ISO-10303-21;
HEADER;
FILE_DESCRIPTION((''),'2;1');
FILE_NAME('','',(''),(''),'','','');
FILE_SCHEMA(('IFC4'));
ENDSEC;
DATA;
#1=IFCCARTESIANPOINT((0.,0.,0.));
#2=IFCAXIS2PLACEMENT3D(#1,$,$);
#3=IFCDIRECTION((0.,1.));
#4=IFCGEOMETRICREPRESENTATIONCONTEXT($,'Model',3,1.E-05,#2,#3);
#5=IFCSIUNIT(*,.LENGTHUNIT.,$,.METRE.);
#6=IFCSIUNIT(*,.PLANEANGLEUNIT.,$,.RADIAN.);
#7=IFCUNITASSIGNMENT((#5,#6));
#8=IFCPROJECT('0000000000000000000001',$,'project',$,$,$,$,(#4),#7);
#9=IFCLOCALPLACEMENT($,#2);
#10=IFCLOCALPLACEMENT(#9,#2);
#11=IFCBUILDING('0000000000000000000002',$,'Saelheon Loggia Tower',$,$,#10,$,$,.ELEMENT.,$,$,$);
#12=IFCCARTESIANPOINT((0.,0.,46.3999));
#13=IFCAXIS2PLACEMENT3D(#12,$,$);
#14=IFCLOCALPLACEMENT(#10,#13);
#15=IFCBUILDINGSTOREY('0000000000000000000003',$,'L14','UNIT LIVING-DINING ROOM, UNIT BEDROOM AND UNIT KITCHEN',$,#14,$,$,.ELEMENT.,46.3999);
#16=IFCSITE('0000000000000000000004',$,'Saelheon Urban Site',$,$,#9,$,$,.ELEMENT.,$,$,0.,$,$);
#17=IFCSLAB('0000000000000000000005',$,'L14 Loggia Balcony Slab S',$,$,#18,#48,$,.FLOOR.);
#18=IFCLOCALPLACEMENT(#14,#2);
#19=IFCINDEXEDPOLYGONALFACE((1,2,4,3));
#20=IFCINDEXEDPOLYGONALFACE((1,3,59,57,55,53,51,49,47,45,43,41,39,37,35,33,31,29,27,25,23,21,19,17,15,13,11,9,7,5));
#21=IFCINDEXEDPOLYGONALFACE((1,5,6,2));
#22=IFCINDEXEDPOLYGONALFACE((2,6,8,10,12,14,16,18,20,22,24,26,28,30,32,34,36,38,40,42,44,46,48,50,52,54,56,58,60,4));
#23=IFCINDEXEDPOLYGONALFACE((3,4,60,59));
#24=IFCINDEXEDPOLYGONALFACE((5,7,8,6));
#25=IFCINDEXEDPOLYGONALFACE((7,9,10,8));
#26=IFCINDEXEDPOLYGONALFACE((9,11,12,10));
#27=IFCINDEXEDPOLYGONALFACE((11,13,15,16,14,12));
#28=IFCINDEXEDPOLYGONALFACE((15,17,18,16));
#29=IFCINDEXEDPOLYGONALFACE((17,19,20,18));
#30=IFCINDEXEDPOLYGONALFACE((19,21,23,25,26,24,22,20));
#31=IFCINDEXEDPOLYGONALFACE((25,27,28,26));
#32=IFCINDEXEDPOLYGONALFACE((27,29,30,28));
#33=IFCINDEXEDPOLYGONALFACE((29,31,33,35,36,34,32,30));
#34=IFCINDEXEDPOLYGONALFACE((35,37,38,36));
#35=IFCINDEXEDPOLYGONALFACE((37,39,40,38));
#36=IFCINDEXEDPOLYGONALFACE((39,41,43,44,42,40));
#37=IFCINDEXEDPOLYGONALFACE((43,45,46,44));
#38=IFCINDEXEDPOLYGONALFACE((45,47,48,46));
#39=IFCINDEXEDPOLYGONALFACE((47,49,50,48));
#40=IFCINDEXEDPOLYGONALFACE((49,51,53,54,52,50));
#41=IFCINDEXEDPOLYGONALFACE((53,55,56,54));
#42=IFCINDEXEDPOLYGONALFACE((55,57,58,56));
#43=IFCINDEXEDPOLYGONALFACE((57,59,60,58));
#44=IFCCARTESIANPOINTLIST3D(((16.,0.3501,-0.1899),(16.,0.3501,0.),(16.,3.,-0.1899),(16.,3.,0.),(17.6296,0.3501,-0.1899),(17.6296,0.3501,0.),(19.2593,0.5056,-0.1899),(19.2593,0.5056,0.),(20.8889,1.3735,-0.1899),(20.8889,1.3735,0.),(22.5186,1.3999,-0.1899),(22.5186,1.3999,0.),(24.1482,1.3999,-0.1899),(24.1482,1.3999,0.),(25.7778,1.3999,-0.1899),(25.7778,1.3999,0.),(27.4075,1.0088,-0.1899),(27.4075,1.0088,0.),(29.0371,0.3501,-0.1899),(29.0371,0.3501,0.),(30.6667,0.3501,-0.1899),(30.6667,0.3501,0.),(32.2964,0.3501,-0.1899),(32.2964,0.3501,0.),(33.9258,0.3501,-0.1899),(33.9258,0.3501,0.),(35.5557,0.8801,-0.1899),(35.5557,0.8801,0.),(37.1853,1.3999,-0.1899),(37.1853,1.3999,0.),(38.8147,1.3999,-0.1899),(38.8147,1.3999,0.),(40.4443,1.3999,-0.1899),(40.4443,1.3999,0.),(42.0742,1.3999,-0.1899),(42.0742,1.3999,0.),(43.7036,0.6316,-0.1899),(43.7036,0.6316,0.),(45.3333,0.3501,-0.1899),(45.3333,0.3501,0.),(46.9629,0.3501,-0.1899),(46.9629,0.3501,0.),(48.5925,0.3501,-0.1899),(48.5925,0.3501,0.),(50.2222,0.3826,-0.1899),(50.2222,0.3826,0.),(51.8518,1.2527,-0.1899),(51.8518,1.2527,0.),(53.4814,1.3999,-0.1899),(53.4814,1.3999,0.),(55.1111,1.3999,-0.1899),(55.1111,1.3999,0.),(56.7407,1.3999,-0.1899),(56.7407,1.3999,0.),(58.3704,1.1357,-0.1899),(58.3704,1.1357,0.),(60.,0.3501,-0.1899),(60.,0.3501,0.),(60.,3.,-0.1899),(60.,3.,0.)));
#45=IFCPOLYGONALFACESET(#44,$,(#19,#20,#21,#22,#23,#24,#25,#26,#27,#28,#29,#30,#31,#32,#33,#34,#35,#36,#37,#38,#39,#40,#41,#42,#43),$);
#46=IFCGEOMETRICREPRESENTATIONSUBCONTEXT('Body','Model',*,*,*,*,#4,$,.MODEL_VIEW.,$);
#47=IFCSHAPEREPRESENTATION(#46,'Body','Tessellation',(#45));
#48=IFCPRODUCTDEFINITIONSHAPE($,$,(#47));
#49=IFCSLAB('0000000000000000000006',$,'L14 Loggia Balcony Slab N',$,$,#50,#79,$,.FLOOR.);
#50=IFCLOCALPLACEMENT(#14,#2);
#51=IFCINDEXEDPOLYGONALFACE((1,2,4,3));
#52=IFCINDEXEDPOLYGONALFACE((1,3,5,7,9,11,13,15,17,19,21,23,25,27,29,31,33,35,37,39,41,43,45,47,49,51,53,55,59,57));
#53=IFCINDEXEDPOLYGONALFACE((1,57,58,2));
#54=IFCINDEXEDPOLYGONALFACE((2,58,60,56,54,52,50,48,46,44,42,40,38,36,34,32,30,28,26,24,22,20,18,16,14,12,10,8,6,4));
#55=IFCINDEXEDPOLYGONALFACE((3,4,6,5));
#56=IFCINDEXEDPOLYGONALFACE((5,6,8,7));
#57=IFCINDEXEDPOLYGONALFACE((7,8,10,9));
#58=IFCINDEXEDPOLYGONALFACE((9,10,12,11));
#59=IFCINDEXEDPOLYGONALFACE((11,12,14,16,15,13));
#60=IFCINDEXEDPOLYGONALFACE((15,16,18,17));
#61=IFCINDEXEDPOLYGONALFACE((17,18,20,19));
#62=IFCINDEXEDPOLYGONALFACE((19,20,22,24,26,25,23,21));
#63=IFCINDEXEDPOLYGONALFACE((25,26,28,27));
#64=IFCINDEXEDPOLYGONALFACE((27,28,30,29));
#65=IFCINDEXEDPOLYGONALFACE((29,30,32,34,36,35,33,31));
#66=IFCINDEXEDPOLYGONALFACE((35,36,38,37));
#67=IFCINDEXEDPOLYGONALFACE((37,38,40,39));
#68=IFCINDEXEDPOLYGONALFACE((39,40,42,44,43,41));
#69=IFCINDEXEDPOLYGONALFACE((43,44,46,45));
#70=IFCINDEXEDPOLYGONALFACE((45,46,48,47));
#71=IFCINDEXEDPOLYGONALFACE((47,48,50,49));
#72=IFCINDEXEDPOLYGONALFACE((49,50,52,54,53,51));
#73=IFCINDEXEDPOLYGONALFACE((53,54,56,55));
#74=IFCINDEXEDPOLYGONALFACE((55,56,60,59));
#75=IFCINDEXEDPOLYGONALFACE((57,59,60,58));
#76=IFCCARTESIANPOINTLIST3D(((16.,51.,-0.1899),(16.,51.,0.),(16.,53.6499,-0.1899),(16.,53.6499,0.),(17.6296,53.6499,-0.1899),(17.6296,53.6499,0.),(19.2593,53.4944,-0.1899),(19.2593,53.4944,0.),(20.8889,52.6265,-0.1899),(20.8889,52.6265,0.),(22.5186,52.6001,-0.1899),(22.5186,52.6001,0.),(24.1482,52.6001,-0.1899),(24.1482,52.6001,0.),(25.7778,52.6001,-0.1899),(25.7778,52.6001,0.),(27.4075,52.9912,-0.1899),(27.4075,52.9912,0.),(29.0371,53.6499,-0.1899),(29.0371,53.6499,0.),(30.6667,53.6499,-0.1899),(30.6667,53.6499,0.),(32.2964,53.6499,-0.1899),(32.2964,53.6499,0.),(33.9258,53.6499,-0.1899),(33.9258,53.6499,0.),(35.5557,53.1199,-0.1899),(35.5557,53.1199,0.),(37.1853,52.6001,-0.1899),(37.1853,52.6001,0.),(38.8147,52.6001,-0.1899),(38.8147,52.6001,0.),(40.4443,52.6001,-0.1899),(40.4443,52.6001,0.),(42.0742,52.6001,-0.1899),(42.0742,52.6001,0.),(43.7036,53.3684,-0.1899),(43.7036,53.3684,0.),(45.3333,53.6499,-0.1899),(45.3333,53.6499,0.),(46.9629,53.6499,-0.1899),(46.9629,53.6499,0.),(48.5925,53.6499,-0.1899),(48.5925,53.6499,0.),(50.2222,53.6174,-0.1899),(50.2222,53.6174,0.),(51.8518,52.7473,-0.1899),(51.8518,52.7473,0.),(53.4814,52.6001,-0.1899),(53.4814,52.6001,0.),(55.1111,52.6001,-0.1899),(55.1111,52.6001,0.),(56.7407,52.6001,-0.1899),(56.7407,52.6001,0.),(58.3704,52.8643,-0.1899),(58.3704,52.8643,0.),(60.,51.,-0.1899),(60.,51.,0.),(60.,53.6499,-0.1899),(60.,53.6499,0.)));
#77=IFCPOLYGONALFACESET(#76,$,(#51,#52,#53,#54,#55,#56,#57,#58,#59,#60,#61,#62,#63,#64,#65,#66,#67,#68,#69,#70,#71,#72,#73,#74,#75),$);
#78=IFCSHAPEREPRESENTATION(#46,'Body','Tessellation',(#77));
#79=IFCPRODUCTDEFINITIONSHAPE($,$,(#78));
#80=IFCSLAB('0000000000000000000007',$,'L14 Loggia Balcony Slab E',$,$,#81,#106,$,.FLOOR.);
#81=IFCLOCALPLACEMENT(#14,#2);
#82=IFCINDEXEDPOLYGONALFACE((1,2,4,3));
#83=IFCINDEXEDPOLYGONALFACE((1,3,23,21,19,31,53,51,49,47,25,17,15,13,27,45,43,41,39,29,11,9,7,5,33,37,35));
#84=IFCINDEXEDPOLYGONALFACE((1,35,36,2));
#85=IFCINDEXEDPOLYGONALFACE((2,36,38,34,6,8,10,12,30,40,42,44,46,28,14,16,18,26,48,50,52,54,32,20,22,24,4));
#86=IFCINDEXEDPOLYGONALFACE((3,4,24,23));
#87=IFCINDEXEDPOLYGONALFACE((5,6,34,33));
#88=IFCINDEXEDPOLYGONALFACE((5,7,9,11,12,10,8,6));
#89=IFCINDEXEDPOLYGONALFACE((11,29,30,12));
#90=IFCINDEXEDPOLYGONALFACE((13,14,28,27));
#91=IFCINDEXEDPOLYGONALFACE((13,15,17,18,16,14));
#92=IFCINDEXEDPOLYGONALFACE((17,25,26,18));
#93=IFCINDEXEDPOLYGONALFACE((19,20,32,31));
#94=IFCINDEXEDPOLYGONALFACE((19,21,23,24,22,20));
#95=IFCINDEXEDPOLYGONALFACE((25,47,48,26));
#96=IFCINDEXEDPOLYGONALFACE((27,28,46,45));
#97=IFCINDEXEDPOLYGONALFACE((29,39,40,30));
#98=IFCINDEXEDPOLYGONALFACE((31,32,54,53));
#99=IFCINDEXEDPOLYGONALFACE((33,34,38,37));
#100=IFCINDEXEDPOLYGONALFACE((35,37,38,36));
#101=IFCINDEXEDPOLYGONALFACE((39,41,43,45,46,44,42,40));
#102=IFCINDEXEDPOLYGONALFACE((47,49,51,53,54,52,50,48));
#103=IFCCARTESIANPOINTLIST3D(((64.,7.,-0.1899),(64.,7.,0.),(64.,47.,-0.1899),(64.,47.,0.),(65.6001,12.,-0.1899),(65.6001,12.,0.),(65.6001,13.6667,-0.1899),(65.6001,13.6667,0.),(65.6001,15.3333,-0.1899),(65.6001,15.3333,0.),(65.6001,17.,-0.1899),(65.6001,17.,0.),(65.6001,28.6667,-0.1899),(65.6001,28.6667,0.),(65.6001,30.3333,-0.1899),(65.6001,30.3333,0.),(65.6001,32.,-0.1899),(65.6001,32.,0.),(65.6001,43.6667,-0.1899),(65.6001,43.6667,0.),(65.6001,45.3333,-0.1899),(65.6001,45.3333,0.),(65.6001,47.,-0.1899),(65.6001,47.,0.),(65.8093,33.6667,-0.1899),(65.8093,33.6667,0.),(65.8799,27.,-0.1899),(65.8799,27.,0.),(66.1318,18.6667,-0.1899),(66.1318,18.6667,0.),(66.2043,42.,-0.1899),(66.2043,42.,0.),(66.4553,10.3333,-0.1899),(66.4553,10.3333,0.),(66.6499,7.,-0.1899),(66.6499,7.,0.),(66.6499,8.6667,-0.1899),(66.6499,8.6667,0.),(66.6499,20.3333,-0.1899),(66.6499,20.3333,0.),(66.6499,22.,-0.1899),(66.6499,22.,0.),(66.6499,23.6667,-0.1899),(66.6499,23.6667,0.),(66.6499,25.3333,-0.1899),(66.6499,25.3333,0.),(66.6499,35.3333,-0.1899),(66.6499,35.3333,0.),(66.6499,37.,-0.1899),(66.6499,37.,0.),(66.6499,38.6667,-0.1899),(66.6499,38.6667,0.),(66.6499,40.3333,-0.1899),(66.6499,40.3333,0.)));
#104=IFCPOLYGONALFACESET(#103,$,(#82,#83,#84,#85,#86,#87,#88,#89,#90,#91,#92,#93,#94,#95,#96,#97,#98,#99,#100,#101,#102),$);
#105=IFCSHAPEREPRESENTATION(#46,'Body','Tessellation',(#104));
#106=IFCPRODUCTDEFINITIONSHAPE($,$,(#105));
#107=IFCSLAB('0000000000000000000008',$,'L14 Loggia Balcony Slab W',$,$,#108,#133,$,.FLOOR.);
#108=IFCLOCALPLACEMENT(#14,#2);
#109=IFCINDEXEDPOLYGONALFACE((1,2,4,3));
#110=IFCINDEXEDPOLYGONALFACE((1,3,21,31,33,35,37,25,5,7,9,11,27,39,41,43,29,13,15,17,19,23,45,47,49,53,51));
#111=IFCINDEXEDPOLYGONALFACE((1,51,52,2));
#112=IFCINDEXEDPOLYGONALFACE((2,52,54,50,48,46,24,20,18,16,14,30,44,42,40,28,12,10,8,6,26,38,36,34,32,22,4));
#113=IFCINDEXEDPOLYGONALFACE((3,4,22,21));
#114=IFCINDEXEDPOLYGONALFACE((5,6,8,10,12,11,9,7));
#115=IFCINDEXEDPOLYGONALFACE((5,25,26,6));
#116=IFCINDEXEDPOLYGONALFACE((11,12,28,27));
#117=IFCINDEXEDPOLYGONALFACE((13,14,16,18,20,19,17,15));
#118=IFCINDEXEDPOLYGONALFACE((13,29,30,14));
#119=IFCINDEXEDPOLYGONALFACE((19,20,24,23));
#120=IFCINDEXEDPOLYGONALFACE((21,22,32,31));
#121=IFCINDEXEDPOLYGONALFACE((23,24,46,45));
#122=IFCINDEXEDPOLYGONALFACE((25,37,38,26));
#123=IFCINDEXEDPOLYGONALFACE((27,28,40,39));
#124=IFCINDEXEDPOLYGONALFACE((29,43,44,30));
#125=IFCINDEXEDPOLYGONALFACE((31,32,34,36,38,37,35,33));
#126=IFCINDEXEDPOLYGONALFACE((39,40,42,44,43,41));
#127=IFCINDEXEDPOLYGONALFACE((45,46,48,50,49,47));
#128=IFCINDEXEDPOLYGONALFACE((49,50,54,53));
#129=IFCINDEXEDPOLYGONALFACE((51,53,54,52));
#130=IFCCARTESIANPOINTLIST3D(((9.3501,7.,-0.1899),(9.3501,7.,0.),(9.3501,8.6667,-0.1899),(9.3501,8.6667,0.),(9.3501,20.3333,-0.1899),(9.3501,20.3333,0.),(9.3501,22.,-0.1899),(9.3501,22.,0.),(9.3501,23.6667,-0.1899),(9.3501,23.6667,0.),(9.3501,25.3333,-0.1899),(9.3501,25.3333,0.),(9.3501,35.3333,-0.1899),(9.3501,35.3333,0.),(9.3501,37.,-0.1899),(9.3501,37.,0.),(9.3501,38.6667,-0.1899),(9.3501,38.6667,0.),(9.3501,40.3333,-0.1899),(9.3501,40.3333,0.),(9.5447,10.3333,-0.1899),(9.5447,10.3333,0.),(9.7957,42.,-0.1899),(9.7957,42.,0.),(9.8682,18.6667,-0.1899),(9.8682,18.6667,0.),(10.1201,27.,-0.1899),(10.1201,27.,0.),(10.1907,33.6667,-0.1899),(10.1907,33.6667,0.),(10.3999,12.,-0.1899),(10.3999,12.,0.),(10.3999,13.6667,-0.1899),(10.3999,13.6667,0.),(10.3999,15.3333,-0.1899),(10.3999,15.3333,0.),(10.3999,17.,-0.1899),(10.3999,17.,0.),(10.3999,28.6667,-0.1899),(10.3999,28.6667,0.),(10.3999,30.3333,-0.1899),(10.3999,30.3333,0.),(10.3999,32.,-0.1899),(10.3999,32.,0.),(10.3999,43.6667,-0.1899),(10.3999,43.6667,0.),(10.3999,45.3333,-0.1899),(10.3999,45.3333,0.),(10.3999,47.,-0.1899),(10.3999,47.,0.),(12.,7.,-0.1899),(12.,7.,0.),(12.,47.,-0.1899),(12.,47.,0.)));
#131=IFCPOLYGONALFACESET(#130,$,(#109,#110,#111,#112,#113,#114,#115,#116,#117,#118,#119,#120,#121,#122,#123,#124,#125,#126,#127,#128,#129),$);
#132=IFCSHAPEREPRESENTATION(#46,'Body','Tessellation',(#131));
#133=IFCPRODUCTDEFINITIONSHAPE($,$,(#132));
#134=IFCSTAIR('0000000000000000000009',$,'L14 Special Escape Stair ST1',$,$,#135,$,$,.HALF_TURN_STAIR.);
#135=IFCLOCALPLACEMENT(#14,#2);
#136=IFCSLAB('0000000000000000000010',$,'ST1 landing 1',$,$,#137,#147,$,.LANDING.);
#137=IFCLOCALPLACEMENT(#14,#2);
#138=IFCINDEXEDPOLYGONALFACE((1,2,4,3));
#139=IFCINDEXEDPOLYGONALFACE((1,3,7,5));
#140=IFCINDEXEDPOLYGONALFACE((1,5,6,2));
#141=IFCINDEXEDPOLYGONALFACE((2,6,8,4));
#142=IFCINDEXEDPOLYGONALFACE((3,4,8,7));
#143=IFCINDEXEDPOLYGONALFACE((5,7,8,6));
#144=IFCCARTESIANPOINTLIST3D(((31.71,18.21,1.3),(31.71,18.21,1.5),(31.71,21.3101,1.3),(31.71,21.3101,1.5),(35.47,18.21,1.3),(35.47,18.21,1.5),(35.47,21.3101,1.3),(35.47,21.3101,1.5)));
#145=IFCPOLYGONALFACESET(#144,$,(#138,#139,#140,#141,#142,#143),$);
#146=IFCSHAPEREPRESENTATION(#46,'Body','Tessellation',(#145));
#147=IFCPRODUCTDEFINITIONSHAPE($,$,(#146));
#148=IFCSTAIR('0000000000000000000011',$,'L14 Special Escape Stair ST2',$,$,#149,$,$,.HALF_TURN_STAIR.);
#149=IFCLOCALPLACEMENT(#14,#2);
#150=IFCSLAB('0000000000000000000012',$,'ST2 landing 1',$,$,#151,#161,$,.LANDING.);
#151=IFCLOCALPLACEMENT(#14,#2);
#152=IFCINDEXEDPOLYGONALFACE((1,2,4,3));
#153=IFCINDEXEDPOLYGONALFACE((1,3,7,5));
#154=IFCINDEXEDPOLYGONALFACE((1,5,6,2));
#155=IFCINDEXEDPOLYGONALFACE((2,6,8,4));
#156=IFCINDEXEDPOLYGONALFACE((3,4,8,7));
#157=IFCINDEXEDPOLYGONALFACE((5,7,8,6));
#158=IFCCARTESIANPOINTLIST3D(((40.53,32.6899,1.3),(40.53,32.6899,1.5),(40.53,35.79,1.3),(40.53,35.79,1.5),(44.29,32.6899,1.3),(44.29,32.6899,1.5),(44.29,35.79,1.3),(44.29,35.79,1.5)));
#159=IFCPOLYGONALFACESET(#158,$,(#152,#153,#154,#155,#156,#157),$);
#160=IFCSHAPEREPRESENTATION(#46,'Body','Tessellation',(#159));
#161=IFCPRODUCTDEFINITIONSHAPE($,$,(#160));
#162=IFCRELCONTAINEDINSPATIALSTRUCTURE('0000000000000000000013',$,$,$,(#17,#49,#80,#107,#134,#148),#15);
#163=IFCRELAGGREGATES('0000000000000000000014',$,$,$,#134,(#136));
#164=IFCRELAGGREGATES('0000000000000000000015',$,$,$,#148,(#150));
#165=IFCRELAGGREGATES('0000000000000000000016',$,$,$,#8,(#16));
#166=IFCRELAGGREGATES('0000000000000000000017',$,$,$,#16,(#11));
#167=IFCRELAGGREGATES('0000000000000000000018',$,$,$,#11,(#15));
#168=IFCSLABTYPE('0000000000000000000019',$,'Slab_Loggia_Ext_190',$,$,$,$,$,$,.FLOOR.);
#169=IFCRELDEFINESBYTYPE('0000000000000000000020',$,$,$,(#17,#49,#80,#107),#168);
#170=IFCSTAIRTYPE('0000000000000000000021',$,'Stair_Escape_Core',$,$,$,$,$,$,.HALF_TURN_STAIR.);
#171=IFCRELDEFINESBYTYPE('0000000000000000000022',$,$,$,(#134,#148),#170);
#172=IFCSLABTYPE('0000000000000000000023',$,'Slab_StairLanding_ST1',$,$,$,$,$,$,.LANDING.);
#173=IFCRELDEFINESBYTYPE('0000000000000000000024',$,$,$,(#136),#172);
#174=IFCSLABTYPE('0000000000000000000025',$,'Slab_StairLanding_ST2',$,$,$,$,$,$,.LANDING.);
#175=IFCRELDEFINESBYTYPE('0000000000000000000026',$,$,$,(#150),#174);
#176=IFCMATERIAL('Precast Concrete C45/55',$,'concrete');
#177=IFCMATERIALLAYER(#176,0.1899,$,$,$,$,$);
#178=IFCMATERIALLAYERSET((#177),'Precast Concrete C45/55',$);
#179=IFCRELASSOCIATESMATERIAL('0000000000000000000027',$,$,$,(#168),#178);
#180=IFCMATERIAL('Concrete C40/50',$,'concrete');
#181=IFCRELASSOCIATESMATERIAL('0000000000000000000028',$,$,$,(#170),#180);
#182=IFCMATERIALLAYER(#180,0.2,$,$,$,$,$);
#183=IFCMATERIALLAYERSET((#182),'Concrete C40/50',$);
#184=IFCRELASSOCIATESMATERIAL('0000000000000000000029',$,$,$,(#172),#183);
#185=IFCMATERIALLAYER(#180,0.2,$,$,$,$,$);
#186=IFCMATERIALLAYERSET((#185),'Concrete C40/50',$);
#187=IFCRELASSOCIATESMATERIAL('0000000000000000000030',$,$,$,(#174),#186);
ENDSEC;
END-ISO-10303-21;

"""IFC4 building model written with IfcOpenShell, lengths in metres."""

from ifc_helpers import new_model, si_unit, direction, frame, origin, place, context, subcontext, project, spatial, polyline, outline, extrude, material, layer, layer_set, type_object, element, aggregate, save


model = new_model("IFC4")

# Units and contexts
model_context = context("Model", 3, precision=1e-05, world=origin(), true_north=direction((0.0, 1.0)))
body_context = subcontext(model_context, "Body", "Model", "MODEL_VIEW")
ifc_project = project(units=[si_unit("LENGTHUNIT", "METRE"), si_unit("PLANEANGLEUNIT", "RADIAN")], contexts=[model_context])

# Site, building, storey
site_placement = place(None, origin())
site = spatial("IfcSite", under=ifc_project, at=site_placement, Name="Saelheon Urban Site", CompositionType="ELEMENT", RefElevation=0.0)
building_placement = place(site_placement, origin())
building = spatial("IfcBuilding", under=site, at=building_placement, Name="Saelheon Loggia Tower", CompositionType="ELEMENT")
storey_placement = place(building_placement, frame((0.0, 0.0, 46.3999)))
storey = spatial("IfcBuildingStorey", under=building, at=storey_placement, Name="L14", Description="UNIT LIVING-DINING ROOM, UNIT BEDROOM AND UNIT KITCHEN", CompositionType="ELEMENT", Elevation=46.3999)

# Slabs
ifc_material_1 = material(Name="Precast Concrete C45/55", Category="concrete")
ifc_layer_1 = layer(ifc_material_1, 0.1899)
ifc_layer_set_1 = layer_set([ifc_layer_1], Name="Precast Concrete C45/55")
slab_type_1 = type_object("IfcSlabType", Name="Slab_Loggia_Ext_190", PredefinedType="FLOOR", material=ifc_layer_set_1)
slab_1_placement = place(storey_placement, frame((0.0, 0.0, -0.1899)))
element("IfcSlab", 1, at=slab_1_placement, inside=storey, type_object=slab_type_1, Name="L14 Loggia Balcony Slab S", PredefinedType="FLOOR", context=body_context, shape_type="SweptSolid", body=[
    extrude(outline(polyline([(16.0, 0.3501), (17.6296, 0.3501), (19.2593, 0.5056), (20.8889, 1.3735), (22.5186, 1.3999), (24.1482, 1.3999), (25.7778, 1.3999), (27.4075, 1.0088), (29.0371, 0.3501), (30.6667, 0.3501), (32.2964, 0.3501), (33.9258, 0.3501), (35.5557, 0.8801), (37.1853, 1.3999), (38.8147, 1.3999), (40.4443, 1.3999), (42.0742, 1.3999), (43.7036, 0.6316), (45.3333, 0.3501), (46.9629, 0.3501), (48.5925, 0.3501), (50.2222, 0.3826), (51.8518, 1.2527), (53.4814, 1.3999), (55.1111, 1.3999), (56.7407, 1.3999), (58.3704, 1.1357), (60.0, 0.3501), (60.0, 3.0), (16.0, 3.0), (16.0, 0.3501)])), origin(), (0.0, 0.0, 1.0), 0.1899),
])
slab_2_placement = place(storey_placement, frame((0.0, 0.0, -0.1899)))
element("IfcSlab", 2, at=slab_2_placement, inside=storey, type_object=slab_type_1, Name="L14 Loggia Balcony Slab N", PredefinedType="FLOOR", context=body_context, shape_type="SweptSolid", body=[
    extrude(outline(polyline([(16.0, 51.0), (60.0, 51.0), (60.0, 53.6499), (58.3704, 52.8643), (56.7407, 52.6001), (55.1111, 52.6001), (53.4814, 52.6001), (51.8518, 52.7473), (50.2222, 53.6174), (48.5925, 53.6499), (46.9629, 53.6499), (45.3333, 53.6499), (43.7036, 53.3684), (42.0742, 52.6001), (40.4443, 52.6001), (38.8147, 52.6001), (37.1853, 52.6001), (35.5557, 53.1199), (33.9258, 53.6499), (32.2964, 53.6499), (30.6667, 53.6499), (29.0371, 53.6499), (27.4075, 52.9912), (25.7778, 52.6001), (24.1482, 52.6001), (22.5186, 52.6001), (20.8889, 52.6265), (19.2593, 53.4944), (17.6296, 53.6499), (16.0, 53.6499), (16.0, 51.0)])), origin(), (0.0, 0.0, 1.0), 0.1899),
])
slab_3_placement = place(storey_placement, frame((0.0, 0.0, -0.1899)))
element("IfcSlab", 3, at=slab_3_placement, inside=storey, type_object=slab_type_1, Name="L14 Loggia Balcony Slab E", PredefinedType="FLOOR", context=body_context, shape_type="SweptSolid", body=[
    extrude(outline(polyline([(64.0, 7.0), (66.6499, 7.0), (66.6499, 8.6667), (66.4553, 10.3333), (65.6001, 12.0), (65.6001, 13.6667), (65.6001, 15.3333), (65.6001, 17.0), (66.1318, 18.6667), (66.6499, 20.3333), (66.6499, 22.0), (66.6499, 23.6667), (66.6499, 25.3333), (65.8799, 27.0), (65.6001, 28.6667), (65.6001, 30.3333), (65.6001, 32.0), (65.8093, 33.6667), (66.6499, 35.3333), (66.6499, 37.0), (66.6499, 38.6667), (66.6499, 40.3333), (66.2043, 42.0), (65.6001, 43.6667), (65.6001, 45.3333), (65.6001, 47.0), (64.0, 47.0), (64.0, 7.0)])), origin(), (0.0, 0.0, 1.0), 0.1899),
])
slab_4_placement = place(storey_placement, frame((0.0, 0.0, -0.1899)))
element("IfcSlab", 4, at=slab_4_placement, inside=storey, type_object=slab_type_1, Name="L14 Loggia Balcony Slab W", PredefinedType="FLOOR", context=body_context, shape_type="SweptSolid", body=[
    extrude(outline(polyline([(12.0, 7.0), (12.0, 47.0), (10.3999, 47.0), (10.3999, 45.3333), (10.3999, 43.6667), (9.7957, 42.0), (9.3501, 40.3333), (9.3501, 38.6667), (9.3501, 37.0), (9.3501, 35.3333), (10.1907, 33.6667), (10.3999, 32.0), (10.3999, 30.3333), (10.3999, 28.6667), (10.1201, 27.0), (9.3501, 25.3333), (9.3501, 23.6667), (9.3501, 22.0), (9.3501, 20.3333), (9.8682, 18.6667), (10.3999, 17.0), (10.3999, 15.3333), (10.3999, 13.6667), (10.3999, 12.0), (9.5447, 10.3333), (9.3501, 8.6667), (9.3501, 7.0), (12.0, 7.0)])), origin(), (0.0, 0.0, 1.0), 0.1899),
])

# Stairs, slabs
ifc_material_2 = material(Name="Concrete C40/50", Category="concrete")
stair_type = type_object("IfcStairType", Name="Stair_Escape_Core", PredefinedType="HALF_TURN_STAIR", material=ifc_material_2)
stair_1_placement = place(storey_placement, origin())
stair_1 = element("IfcStair", 5, at=stair_1_placement, inside=storey, type_object=stair_type, Name="L14 Special Escape Stair ST1", PredefinedType="HALF_TURN_STAIR")
ifc_layer_2 = layer(ifc_material_2, 0.2)
ifc_layer_set_2 = layer_set([ifc_layer_2], Name="Concrete C40/50")
slab_type_2 = type_object("IfcSlabType", Name="Slab_StairLanding_ST1", PredefinedType="LANDING", material=ifc_layer_set_2)
slab_5_placement = place(storey_placement, frame((0.0, 0.0, 1.3)))
slab_5 = element("IfcSlab", 6, at=slab_5_placement, type_object=slab_type_2, Name="ST1 landing 1", PredefinedType="LANDING", context=body_context, shape_type="SweptSolid", body=[
    extrude(outline(polyline([(31.71, 21.3101), (31.71, 18.21), (35.47, 18.21), (35.47, 21.3101), (31.71, 21.3101)])), origin(), (0.0, 0.0, 1.0), 0.2),
])
aggregate(stair_1, [slab_5])
stair_2_placement = place(storey_placement, origin())
stair_2 = element("IfcStair", 7, at=stair_2_placement, inside=storey, type_object=stair_type, Name="L14 Special Escape Stair ST2", PredefinedType="HALF_TURN_STAIR")
ifc_layer_3 = layer(ifc_material_2, 0.2)
ifc_layer_set_3 = layer_set([ifc_layer_3], Name="Concrete C40/50")
slab_type_3 = type_object("IfcSlabType", Name="Slab_StairLanding_ST2", PredefinedType="LANDING", material=ifc_layer_set_3)
slab_6_placement = place(storey_placement, frame((0.0, 0.0, 1.3)))
slab_6 = element("IfcSlab", 8, at=slab_6_placement, type_object=slab_type_3, Name="ST2 landing 1", PredefinedType="LANDING", context=body_context, shape_type="SweptSolid", body=[
    extrude(outline(polyline([(44.29, 32.6899), (44.29, 35.79), (40.53, 35.79), (40.53, 32.6899), (44.29, 32.6899)])), origin(), (0.0, 0.0, 1.0), 0.2),
])
aggregate(stair_2, [slab_6])

save(model, "model.ifc")
